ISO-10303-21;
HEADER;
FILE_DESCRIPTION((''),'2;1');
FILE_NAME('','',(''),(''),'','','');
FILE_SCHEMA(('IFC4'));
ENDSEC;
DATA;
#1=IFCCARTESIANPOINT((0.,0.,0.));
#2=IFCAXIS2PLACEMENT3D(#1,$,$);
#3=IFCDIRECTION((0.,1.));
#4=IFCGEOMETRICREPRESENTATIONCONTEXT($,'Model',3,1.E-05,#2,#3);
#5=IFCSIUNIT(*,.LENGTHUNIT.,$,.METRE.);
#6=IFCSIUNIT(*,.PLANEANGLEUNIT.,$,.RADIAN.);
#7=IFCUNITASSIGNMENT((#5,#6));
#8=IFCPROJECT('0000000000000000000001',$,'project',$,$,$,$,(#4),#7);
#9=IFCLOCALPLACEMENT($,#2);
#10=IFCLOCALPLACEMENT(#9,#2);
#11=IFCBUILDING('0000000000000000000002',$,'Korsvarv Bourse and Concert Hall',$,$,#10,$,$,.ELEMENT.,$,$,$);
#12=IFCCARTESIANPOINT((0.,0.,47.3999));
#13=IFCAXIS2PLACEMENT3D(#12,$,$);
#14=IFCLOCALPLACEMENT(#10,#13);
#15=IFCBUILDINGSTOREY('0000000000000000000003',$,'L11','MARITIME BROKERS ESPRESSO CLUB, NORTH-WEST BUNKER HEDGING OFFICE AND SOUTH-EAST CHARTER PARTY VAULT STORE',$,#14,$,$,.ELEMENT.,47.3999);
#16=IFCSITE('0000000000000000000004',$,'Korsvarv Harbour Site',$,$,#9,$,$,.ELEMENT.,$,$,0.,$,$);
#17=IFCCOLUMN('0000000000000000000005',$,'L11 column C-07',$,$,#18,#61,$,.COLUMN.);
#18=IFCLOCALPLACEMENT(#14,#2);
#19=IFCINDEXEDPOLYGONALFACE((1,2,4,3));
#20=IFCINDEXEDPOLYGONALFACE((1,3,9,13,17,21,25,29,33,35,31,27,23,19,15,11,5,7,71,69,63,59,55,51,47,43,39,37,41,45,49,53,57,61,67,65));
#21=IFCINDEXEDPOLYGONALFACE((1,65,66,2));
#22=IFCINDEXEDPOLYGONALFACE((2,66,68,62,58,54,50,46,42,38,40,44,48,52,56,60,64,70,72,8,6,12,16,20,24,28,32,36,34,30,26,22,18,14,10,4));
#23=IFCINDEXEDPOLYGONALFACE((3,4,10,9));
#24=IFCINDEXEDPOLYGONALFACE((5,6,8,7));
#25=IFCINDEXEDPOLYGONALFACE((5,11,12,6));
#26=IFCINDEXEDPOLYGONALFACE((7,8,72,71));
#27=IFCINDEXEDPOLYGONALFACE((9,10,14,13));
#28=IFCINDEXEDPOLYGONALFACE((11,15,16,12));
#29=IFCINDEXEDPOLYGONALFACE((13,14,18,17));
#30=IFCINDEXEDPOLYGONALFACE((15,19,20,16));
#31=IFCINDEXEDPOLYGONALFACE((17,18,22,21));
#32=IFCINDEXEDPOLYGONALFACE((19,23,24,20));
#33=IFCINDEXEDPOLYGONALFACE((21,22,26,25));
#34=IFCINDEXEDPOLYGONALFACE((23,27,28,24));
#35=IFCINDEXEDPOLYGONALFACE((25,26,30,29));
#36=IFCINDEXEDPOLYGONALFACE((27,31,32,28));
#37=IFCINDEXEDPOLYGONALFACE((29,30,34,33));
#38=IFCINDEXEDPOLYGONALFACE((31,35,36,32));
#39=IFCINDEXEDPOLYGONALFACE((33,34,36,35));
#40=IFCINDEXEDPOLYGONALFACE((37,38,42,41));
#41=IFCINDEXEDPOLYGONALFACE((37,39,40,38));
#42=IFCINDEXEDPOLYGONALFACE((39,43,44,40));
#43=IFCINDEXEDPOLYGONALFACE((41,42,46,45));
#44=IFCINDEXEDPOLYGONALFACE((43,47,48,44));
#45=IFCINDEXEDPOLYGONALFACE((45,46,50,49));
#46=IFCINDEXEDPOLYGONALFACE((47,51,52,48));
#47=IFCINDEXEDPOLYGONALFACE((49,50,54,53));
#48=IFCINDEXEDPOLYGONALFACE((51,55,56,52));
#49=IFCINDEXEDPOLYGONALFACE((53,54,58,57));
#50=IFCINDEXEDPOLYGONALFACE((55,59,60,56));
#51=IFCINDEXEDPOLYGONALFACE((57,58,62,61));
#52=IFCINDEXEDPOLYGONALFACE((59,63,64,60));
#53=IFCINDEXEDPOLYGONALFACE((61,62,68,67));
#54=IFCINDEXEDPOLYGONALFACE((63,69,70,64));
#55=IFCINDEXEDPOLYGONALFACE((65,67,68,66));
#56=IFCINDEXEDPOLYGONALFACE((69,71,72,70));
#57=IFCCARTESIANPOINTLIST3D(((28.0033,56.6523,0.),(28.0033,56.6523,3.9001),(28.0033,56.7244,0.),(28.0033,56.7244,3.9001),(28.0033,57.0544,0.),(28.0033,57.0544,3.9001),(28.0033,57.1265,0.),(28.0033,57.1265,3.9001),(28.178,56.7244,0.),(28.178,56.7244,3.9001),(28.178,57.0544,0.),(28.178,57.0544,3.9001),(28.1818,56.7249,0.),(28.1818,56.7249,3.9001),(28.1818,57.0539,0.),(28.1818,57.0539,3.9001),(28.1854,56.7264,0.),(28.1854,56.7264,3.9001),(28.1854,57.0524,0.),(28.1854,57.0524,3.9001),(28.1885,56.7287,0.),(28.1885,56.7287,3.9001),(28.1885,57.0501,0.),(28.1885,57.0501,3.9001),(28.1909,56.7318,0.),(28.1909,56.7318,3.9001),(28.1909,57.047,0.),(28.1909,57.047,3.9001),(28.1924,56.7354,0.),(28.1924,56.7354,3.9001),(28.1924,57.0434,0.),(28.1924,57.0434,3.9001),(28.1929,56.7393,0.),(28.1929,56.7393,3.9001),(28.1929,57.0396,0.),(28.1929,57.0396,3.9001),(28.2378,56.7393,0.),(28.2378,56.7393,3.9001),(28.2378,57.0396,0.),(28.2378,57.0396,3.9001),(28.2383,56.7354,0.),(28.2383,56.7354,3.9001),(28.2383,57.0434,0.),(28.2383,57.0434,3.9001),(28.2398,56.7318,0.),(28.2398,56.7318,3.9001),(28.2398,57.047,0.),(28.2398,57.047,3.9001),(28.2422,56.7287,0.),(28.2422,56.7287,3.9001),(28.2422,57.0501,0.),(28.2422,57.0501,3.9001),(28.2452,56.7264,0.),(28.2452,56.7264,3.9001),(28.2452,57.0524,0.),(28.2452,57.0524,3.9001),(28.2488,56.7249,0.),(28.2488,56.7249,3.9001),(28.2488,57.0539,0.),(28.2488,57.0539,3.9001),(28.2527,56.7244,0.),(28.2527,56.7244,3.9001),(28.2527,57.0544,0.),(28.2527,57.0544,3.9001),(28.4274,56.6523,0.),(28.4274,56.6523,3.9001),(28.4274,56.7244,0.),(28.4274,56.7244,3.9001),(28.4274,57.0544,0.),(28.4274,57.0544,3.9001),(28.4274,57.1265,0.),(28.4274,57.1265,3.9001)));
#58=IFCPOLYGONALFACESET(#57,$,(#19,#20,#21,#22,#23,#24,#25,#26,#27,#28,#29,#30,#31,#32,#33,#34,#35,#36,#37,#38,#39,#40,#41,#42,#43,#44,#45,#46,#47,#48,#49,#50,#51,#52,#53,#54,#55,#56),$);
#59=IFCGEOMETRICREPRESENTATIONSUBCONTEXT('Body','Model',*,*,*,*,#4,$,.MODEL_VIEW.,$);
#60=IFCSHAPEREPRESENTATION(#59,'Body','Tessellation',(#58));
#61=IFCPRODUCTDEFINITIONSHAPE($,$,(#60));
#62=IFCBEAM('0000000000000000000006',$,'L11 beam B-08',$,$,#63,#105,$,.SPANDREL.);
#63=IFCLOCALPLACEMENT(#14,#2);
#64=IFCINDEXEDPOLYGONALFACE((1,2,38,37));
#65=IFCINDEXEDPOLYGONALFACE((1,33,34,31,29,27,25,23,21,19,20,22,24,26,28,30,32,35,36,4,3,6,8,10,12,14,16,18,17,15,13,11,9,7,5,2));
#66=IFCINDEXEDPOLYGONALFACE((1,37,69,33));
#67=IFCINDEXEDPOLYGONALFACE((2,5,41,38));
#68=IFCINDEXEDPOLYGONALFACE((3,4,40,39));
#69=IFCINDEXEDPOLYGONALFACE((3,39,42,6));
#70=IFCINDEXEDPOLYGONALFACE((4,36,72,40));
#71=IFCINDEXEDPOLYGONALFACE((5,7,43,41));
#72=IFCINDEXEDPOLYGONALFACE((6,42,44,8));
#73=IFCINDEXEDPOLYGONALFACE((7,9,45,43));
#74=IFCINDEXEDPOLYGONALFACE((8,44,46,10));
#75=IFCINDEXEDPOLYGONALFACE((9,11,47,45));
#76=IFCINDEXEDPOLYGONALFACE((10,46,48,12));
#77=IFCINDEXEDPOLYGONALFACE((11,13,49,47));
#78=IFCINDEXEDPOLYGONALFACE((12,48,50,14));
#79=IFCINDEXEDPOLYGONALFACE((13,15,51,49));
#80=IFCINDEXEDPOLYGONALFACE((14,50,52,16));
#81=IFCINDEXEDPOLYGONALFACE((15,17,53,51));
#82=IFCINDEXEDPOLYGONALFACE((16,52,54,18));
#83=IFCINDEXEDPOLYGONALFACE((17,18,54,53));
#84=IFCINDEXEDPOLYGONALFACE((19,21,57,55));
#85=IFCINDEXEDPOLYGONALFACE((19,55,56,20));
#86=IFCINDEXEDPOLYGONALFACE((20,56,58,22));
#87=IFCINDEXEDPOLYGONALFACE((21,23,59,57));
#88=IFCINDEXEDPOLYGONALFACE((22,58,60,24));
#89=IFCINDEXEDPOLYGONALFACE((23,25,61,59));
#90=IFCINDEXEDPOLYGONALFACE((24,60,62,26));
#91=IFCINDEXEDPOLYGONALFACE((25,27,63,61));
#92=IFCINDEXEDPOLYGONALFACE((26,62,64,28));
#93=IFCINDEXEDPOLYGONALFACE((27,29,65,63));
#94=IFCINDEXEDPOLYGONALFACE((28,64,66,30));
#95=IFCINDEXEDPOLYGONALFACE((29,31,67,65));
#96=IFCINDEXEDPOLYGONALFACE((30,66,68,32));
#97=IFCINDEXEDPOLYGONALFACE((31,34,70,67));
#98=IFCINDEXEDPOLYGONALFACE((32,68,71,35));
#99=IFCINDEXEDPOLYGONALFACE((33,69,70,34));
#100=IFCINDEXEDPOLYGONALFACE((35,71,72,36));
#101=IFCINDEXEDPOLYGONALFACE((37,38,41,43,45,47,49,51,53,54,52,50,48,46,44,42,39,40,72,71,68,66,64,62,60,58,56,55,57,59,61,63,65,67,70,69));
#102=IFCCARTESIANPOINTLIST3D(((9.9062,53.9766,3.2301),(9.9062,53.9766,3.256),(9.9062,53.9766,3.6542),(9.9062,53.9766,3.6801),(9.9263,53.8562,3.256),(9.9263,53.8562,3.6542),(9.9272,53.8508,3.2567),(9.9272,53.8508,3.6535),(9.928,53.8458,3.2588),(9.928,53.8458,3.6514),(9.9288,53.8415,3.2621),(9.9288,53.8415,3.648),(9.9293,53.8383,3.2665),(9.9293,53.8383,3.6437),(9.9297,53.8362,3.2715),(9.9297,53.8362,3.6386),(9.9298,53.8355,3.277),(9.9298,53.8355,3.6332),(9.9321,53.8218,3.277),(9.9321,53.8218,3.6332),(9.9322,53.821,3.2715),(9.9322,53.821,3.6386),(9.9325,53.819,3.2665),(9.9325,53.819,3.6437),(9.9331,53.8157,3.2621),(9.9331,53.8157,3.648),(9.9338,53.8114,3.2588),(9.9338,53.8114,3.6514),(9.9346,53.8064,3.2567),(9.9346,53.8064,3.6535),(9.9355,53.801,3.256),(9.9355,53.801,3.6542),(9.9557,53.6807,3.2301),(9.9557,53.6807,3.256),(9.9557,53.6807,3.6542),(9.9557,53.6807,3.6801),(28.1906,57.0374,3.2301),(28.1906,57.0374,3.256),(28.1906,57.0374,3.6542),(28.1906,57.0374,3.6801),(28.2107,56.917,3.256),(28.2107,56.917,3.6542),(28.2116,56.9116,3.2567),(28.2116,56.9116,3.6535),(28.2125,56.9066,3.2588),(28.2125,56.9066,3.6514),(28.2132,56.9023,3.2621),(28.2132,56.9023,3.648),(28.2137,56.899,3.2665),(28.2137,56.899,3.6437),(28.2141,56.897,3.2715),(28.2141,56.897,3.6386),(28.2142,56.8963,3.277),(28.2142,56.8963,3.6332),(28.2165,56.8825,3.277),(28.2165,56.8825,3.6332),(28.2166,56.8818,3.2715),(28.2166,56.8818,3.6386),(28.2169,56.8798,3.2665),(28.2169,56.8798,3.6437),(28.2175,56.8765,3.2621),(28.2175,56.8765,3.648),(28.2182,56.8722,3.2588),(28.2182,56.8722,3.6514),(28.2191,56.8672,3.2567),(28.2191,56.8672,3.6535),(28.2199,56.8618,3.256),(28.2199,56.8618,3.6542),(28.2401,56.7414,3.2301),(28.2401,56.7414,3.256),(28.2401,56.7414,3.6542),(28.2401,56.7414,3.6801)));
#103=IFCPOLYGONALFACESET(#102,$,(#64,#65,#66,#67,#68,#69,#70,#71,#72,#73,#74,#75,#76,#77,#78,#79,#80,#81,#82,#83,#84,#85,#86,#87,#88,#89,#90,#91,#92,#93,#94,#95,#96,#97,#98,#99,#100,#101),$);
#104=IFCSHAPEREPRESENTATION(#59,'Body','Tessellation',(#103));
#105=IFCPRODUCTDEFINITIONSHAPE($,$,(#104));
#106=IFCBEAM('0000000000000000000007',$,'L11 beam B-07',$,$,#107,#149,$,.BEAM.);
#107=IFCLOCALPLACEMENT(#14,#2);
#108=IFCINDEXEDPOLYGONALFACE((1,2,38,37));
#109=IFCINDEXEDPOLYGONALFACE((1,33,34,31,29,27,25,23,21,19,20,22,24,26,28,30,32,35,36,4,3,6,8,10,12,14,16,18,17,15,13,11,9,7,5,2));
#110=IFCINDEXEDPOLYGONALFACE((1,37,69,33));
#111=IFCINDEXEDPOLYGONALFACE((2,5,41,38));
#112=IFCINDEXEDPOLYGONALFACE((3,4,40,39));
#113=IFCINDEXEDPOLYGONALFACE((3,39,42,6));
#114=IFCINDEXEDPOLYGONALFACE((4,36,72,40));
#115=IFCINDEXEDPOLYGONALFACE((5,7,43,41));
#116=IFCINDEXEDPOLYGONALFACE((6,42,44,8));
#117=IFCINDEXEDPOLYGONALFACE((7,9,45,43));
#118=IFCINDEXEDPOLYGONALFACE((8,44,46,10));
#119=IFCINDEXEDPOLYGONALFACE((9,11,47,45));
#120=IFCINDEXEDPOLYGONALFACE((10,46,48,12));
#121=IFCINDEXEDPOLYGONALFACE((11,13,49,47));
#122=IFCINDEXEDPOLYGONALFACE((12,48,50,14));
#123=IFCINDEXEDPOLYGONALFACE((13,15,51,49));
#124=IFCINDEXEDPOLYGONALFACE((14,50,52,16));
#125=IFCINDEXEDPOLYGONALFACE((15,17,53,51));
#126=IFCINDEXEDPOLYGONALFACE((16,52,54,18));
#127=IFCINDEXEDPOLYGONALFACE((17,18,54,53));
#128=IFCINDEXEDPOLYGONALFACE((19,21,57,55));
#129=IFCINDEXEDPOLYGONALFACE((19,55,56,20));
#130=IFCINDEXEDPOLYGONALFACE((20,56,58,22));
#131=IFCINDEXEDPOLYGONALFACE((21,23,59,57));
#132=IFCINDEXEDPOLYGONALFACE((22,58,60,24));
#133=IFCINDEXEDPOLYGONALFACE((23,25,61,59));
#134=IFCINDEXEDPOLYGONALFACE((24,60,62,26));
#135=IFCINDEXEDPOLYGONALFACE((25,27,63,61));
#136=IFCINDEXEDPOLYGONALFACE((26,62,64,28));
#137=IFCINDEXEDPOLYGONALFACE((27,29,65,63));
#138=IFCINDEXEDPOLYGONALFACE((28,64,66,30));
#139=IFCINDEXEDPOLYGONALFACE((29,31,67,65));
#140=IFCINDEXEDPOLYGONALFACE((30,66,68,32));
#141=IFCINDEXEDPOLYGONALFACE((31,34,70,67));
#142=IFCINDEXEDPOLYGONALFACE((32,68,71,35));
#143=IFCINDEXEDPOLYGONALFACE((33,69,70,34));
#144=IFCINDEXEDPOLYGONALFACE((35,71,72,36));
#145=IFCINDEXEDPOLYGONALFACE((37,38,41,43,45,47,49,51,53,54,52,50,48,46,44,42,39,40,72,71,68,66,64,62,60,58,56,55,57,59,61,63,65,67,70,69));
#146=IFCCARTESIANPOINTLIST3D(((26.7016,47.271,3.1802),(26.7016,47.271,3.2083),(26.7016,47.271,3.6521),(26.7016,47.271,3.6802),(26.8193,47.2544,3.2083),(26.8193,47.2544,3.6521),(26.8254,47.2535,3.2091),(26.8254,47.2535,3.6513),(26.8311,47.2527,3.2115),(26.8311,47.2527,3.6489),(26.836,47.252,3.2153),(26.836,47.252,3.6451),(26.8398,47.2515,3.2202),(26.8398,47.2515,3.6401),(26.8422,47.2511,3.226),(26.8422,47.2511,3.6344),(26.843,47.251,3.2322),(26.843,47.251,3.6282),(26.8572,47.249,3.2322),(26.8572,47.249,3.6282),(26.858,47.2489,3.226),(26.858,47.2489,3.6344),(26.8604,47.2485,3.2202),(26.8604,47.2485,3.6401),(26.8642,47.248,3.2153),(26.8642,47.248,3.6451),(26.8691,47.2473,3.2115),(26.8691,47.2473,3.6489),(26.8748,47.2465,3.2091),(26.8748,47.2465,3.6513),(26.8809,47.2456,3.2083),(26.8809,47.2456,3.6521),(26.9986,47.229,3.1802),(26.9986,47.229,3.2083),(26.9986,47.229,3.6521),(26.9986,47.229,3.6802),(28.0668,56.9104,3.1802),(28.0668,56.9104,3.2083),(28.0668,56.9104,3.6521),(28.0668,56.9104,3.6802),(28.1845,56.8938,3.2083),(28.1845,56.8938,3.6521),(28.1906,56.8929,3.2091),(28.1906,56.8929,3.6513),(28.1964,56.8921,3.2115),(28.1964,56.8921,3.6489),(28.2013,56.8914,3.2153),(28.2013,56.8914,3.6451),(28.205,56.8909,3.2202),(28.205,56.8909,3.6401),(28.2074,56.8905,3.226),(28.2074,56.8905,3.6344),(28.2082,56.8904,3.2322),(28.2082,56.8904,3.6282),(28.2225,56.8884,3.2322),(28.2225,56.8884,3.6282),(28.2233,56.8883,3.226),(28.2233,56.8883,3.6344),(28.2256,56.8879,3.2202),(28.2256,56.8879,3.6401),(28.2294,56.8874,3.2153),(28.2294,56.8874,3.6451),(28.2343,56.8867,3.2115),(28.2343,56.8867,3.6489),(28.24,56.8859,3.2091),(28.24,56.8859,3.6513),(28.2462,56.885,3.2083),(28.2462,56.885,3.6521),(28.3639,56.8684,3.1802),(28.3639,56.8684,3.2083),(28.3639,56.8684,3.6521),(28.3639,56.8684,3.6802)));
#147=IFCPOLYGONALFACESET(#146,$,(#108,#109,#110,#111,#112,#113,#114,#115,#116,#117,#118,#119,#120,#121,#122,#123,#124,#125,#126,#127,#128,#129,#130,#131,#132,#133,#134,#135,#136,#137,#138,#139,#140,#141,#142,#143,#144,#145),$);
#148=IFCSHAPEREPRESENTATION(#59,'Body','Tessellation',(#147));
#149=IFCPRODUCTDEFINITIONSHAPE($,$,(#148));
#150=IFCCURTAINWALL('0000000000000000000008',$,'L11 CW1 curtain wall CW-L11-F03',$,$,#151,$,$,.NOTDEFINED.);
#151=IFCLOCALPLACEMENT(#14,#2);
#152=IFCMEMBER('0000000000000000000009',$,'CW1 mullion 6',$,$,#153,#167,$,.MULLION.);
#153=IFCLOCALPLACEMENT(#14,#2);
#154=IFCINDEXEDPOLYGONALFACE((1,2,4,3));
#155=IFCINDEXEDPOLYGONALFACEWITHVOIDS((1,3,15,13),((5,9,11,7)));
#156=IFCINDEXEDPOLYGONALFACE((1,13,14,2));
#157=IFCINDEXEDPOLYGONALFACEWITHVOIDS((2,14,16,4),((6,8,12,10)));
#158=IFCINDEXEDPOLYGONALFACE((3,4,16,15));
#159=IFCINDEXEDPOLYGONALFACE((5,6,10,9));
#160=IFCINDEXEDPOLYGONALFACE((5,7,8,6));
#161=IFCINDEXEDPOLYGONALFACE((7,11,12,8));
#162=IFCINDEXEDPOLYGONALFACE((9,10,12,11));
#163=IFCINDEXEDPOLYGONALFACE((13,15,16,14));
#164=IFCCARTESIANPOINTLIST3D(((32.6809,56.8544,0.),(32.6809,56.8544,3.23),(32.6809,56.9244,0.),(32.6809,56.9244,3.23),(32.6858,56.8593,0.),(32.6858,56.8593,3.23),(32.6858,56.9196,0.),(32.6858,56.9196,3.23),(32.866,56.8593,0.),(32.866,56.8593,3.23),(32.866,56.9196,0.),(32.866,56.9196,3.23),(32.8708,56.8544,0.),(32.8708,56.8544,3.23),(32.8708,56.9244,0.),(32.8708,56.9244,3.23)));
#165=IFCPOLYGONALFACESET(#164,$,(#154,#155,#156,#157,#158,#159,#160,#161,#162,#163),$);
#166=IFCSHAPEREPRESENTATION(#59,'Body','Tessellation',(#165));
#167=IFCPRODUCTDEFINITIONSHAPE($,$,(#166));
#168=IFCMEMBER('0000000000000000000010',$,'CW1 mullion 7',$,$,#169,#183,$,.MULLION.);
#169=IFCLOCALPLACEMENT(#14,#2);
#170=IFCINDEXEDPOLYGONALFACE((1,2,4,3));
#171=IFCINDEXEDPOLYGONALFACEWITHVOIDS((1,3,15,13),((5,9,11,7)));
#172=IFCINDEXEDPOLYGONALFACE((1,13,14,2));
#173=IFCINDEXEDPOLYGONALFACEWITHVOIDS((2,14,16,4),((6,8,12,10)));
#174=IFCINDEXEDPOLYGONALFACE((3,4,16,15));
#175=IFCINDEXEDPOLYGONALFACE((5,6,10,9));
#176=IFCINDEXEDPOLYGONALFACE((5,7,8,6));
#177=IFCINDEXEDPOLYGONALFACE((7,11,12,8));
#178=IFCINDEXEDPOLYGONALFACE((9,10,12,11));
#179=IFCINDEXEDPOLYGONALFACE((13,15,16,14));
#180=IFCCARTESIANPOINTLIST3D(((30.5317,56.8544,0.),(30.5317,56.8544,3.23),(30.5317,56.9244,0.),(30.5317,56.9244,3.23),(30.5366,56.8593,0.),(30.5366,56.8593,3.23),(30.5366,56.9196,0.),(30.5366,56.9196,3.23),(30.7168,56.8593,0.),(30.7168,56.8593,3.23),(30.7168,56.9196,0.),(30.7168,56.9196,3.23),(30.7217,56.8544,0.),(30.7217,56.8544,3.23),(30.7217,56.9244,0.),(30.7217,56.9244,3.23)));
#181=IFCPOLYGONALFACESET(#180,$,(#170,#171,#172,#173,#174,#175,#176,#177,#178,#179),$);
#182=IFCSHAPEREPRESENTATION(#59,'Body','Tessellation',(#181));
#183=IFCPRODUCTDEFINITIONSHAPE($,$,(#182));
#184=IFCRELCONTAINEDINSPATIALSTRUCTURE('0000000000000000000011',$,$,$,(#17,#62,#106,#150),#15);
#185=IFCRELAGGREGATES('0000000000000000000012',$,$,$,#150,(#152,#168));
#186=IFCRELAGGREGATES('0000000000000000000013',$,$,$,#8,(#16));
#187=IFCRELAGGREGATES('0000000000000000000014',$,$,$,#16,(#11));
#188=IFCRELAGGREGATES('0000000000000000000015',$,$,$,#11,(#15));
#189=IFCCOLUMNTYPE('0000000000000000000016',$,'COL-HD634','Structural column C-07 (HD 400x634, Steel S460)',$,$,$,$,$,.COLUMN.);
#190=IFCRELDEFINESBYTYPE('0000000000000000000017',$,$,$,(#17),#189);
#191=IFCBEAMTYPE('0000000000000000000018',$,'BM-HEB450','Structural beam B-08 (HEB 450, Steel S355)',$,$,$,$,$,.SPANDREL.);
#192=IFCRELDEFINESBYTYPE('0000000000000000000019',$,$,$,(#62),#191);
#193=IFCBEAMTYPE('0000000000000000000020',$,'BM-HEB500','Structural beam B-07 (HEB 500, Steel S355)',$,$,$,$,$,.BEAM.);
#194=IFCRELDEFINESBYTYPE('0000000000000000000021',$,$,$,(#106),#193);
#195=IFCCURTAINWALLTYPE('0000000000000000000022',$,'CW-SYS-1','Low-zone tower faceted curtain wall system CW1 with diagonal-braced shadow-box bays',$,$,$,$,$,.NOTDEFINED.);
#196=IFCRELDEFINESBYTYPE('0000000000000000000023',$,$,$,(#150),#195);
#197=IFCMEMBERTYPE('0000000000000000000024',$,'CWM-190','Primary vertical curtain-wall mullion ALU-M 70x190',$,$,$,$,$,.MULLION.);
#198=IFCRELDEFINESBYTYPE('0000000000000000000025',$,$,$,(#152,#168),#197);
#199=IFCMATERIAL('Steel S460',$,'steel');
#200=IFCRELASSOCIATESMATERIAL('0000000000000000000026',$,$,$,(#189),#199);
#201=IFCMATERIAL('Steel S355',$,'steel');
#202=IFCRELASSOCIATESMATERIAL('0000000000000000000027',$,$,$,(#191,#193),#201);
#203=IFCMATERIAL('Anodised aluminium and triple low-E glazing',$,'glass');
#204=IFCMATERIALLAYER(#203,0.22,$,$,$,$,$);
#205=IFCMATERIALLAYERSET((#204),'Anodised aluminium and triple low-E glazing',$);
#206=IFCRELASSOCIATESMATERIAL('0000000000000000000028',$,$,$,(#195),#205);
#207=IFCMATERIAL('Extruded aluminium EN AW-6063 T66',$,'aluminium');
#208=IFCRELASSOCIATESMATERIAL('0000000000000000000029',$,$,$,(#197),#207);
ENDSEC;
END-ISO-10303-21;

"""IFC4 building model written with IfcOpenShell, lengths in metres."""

from ifc_helpers import new_model, si_unit, direction, frame, origin, origin_2d, place, context, subcontext, project, spatial, hollow_rectangle, i_section, extrude, source, transform, mapped, material, layer, layer_set, material_profile, profile_set, type_object, element, aggregate, save


model = new_model("IFC4")

# Units and contexts
model_context = context("Model", 3, precision=1e-05, world=origin(), true_north=direction((0.0, 1.0)))
body_context = subcontext(model_context, "Body", "Model", "MODEL_VIEW")
ifc_project = project(units=[si_unit("LENGTHUNIT", "METRE"), si_unit("PLANEANGLEUNIT", "RADIAN")], contexts=[model_context])

# Site, building, storey
site_placement = place(None, origin())
site = spatial("IfcSite", under=ifc_project, at=site_placement, Name="Korsvarv Harbour Site", CompositionType="ELEMENT", RefElevation=0.0)
building_placement = place(site_placement, origin())
building = spatial("IfcBuilding", under=site, at=building_placement, Name="Korsvarv Bourse and Concert Hall", CompositionType="ELEMENT")
storey_placement = place(building_placement, frame((0.0, 0.0, 47.3999)))
storey = spatial("IfcBuildingStorey", under=building, at=storey_placement, Name="L11", Description="MARITIME BROKERS ESPRESSO CLUB, NORTH-WEST BUNKER HEDGING OFFICE AND SOUTH-EAST CHARTER PARTY VAULT STORE", CompositionType="ELEMENT", Elevation=47.3999)

# Column
ifc_material_1 = material(Name="Steel S460", Category="steel")
ifc_material_profile_1 = material_profile(ifc_material_1, i_section(OverallWidth=0.4241, OverallDepth=0.4741, WebThickness=0.0449, FlangeThickness=0.072, FilletRadius=0.0149, at=origin_2d()), Name="HD 400x634")
ifc_profile_set_1 = profile_set([ifc_material_profile_1], Name="Steel S460")
column_type = type_object("IfcColumnType", Name="COL-HD634", Description="Structural column C-07 (HD 400x634, Steel S460)", PredefinedType="COLUMN", material=ifc_profile_set_1)
shared_shape_1 = source(origin(), body_context, "Body", "SweptSolid", [
    extrude(i_section(OverallWidth=0.4241, OverallDepth=0.4741, WebThickness=0.0449, FlangeThickness=0.072, FilletRadius=0.0149, at=origin_2d()), origin(), (0.0, 0.0, 1.0), 3.9001),
])
column_placement = place(storey_placement, frame((28.2153, 56.8894, 0.0), z_axis=(0.0, 0.0, 1.0), x_axis=(1.0, 0.0, 0.0)))
element("IfcColumn", 1, at=column_placement, inside=storey, type_object=column_type, Name="L11 column C-07", PredefinedType="COLUMN", context=body_context, shape_type="MappedRepresentation", body=[
    mapped(shared_shape_1, transform((0.0, 0.0, 0.0), scale=1.0)),
])

# Beams
ifc_material_2 = material(Name="Steel S355", Category="steel")
ifc_material_profile_2 = material_profile(ifc_material_2, i_section(OverallWidth=0.3, OverallDepth=0.45, WebThickness=0.0139, FlangeThickness=0.0259, FilletRadius=0.021, at=origin_2d()), Name="HEB 450")
ifc_profile_set_2 = profile_set([ifc_material_profile_2], Name="Steel S355")
beam_type_1 = type_object("IfcBeamType", Name="BM-HEB450", Description="Structural beam B-08 (HEB 450, Steel S355)", PredefinedType="SPANDREL", material=ifc_profile_set_2)
shared_shape_2 = source(origin(), body_context, "Body", "SweptSolid", [
    extrude(i_section(OverallWidth=0.3, OverallDepth=0.45, WebThickness=0.0139, FlangeThickness=0.0259, FilletRadius=0.021, at=origin_2d()), origin(), (0.0, 0.0, 1.0), 18.5388),
])
beam_1_placement = place(storey_placement, frame((28.2153, 56.8894, 3.4551), z_axis=(-0.986277, -0.165102, 0.0), x_axis=(0.165102, -0.986277, 0.0)))
element("IfcBeam", 2, at=beam_1_placement, inside=storey, type_object=beam_type_1, Name="L11 beam B-08", PredefinedType="SPANDREL", context=body_context, shape_type="MappedRepresentation", body=[
    mapped(shared_shape_2, transform((0.0, 0.0, 0.0), scale=1.0)),
])
ifc_material_profile_3 = material_profile(ifc_material_2, i_section(OverallWidth=0.3, OverallDepth=0.5, WebThickness=0.0144, FlangeThickness=0.0281, FilletRadius=0.0239, at=origin_2d()), Name="HEB 500")
ifc_profile_set_3 = profile_set([ifc_material_profile_3], Name="Steel S355")
beam_type_2 = type_object("IfcBeamType", Name="BM-HEB500", Description="Structural beam B-07 (HEB 500, Steel S355)", PredefinedType="BEAM", material=ifc_profile_set_3)
shared_shape_3 = source(origin(), body_context, "Body", "SweptSolid", [
    extrude(i_section(OverallWidth=0.3, OverallDepth=0.5, WebThickness=0.0144, FlangeThickness=0.0281, FilletRadius=0.0239, at=origin_2d()), origin(), (0.0, 0.0, 1.0), 9.7356),
])
beam_2_placement = place(storey_placement, frame((28.2153, 56.8894, 3.4302), z_axis=(-0.140231, -0.990119, 0.0), x_axis=(0.990119, -0.140231, 0.0)))
element("IfcBeam", 3, at=beam_2_placement, inside=storey, type_object=beam_type_2, Name="L11 beam B-07", PredefinedType="BEAM", context=body_context, shape_type="MappedRepresentation", body=[
    mapped(shared_shape_3, transform((0.0, 0.0, 0.0), scale=1.0)),
])

# Curtain wall, members
ifc_material_3 = material(Name="Anodised aluminium and triple low-E glazing", Category="glass")
ifc_layer_1 = layer(ifc_material_3, 0.22)
ifc_layer_set_1 = layer_set([ifc_layer_1], Name="Anodised aluminium and triple low-E glazing")
curtain_wall_type = type_object("IfcCurtainWallType", Name="CW-SYS-1", Description="Low-zone tower faceted curtain wall system CW1 with diagonal-braced shadow-box bays", PredefinedType="NOTDEFINED", material=ifc_layer_set_1)
curtain_wall_placement = place(storey_placement, origin())
curtain_wall = element("IfcCurtainWall", 4, at=curtain_wall_placement, inside=storey, type_object=curtain_wall_type, Name="L11 CW1 curtain wall CW-L11-F03", PredefinedType="NOTDEFINED")
ifc_material_4 = material(Name="Extruded aluminium EN AW-6063 T66", Category="aluminium")
ifc_material_profile_4 = material_profile(ifc_material_4, hollow_rectangle(XDim=0.0701, YDim=0.1899, WallThickness=0.0049, at=origin_2d()), Name="ALU-M 70x190")
ifc_profile_set_4 = profile_set([ifc_material_profile_4], Name="Extruded aluminium EN AW-6063 T66")
member_type_1 = type_object("IfcMemberType", Name="CWM-190", Description="Primary vertical curtain-wall mullion ALU-M 70x190", PredefinedType="MULLION", material=ifc_profile_set_4)
shared_shape_4 = source(origin(), body_context, "Body", "SweptSolid", [
    extrude(hollow_rectangle(XDim=0.0701, YDim=0.1899, WallThickness=0.0049, at=origin_2d()), origin(), (0.0, 0.0, 1.0), 3.23),
])
member_1_placement = place(storey_placement, frame((32.7759, 56.8894, 0.0), z_axis=(0.0, 0.0, 1.0), x_axis=(0.0, -1.0, 0.0)))
member_1 = element("IfcMember", 5, at=member_1_placement, type_object=member_type_1, Name="CW1 mullion 6", PredefinedType="MULLION", context=body_context, shape_type="MappedRepresentation", body=[
    mapped(shared_shape_4, transform((0.0, 0.0, 0.0), scale=1.0)),
])
member_2_placement = place(storey_placement, frame((30.6267, 56.8894, 0.0), z_axis=(0.0, 0.0, 1.0), x_axis=(0.0, -1.0, 0.0)))
member_2 = element("IfcMember", 6, at=member_2_placement, type_object=member_type_1, Name="CW1 mullion 7", PredefinedType="MULLION", context=body_context, shape_type="MappedRepresentation", body=[
    mapped(shared_shape_4, transform((0.0, 0.0, 0.0), scale=1.0)),
])
aggregate(curtain_wall, [member_1, member_2])

save(model, "model.ifc")
